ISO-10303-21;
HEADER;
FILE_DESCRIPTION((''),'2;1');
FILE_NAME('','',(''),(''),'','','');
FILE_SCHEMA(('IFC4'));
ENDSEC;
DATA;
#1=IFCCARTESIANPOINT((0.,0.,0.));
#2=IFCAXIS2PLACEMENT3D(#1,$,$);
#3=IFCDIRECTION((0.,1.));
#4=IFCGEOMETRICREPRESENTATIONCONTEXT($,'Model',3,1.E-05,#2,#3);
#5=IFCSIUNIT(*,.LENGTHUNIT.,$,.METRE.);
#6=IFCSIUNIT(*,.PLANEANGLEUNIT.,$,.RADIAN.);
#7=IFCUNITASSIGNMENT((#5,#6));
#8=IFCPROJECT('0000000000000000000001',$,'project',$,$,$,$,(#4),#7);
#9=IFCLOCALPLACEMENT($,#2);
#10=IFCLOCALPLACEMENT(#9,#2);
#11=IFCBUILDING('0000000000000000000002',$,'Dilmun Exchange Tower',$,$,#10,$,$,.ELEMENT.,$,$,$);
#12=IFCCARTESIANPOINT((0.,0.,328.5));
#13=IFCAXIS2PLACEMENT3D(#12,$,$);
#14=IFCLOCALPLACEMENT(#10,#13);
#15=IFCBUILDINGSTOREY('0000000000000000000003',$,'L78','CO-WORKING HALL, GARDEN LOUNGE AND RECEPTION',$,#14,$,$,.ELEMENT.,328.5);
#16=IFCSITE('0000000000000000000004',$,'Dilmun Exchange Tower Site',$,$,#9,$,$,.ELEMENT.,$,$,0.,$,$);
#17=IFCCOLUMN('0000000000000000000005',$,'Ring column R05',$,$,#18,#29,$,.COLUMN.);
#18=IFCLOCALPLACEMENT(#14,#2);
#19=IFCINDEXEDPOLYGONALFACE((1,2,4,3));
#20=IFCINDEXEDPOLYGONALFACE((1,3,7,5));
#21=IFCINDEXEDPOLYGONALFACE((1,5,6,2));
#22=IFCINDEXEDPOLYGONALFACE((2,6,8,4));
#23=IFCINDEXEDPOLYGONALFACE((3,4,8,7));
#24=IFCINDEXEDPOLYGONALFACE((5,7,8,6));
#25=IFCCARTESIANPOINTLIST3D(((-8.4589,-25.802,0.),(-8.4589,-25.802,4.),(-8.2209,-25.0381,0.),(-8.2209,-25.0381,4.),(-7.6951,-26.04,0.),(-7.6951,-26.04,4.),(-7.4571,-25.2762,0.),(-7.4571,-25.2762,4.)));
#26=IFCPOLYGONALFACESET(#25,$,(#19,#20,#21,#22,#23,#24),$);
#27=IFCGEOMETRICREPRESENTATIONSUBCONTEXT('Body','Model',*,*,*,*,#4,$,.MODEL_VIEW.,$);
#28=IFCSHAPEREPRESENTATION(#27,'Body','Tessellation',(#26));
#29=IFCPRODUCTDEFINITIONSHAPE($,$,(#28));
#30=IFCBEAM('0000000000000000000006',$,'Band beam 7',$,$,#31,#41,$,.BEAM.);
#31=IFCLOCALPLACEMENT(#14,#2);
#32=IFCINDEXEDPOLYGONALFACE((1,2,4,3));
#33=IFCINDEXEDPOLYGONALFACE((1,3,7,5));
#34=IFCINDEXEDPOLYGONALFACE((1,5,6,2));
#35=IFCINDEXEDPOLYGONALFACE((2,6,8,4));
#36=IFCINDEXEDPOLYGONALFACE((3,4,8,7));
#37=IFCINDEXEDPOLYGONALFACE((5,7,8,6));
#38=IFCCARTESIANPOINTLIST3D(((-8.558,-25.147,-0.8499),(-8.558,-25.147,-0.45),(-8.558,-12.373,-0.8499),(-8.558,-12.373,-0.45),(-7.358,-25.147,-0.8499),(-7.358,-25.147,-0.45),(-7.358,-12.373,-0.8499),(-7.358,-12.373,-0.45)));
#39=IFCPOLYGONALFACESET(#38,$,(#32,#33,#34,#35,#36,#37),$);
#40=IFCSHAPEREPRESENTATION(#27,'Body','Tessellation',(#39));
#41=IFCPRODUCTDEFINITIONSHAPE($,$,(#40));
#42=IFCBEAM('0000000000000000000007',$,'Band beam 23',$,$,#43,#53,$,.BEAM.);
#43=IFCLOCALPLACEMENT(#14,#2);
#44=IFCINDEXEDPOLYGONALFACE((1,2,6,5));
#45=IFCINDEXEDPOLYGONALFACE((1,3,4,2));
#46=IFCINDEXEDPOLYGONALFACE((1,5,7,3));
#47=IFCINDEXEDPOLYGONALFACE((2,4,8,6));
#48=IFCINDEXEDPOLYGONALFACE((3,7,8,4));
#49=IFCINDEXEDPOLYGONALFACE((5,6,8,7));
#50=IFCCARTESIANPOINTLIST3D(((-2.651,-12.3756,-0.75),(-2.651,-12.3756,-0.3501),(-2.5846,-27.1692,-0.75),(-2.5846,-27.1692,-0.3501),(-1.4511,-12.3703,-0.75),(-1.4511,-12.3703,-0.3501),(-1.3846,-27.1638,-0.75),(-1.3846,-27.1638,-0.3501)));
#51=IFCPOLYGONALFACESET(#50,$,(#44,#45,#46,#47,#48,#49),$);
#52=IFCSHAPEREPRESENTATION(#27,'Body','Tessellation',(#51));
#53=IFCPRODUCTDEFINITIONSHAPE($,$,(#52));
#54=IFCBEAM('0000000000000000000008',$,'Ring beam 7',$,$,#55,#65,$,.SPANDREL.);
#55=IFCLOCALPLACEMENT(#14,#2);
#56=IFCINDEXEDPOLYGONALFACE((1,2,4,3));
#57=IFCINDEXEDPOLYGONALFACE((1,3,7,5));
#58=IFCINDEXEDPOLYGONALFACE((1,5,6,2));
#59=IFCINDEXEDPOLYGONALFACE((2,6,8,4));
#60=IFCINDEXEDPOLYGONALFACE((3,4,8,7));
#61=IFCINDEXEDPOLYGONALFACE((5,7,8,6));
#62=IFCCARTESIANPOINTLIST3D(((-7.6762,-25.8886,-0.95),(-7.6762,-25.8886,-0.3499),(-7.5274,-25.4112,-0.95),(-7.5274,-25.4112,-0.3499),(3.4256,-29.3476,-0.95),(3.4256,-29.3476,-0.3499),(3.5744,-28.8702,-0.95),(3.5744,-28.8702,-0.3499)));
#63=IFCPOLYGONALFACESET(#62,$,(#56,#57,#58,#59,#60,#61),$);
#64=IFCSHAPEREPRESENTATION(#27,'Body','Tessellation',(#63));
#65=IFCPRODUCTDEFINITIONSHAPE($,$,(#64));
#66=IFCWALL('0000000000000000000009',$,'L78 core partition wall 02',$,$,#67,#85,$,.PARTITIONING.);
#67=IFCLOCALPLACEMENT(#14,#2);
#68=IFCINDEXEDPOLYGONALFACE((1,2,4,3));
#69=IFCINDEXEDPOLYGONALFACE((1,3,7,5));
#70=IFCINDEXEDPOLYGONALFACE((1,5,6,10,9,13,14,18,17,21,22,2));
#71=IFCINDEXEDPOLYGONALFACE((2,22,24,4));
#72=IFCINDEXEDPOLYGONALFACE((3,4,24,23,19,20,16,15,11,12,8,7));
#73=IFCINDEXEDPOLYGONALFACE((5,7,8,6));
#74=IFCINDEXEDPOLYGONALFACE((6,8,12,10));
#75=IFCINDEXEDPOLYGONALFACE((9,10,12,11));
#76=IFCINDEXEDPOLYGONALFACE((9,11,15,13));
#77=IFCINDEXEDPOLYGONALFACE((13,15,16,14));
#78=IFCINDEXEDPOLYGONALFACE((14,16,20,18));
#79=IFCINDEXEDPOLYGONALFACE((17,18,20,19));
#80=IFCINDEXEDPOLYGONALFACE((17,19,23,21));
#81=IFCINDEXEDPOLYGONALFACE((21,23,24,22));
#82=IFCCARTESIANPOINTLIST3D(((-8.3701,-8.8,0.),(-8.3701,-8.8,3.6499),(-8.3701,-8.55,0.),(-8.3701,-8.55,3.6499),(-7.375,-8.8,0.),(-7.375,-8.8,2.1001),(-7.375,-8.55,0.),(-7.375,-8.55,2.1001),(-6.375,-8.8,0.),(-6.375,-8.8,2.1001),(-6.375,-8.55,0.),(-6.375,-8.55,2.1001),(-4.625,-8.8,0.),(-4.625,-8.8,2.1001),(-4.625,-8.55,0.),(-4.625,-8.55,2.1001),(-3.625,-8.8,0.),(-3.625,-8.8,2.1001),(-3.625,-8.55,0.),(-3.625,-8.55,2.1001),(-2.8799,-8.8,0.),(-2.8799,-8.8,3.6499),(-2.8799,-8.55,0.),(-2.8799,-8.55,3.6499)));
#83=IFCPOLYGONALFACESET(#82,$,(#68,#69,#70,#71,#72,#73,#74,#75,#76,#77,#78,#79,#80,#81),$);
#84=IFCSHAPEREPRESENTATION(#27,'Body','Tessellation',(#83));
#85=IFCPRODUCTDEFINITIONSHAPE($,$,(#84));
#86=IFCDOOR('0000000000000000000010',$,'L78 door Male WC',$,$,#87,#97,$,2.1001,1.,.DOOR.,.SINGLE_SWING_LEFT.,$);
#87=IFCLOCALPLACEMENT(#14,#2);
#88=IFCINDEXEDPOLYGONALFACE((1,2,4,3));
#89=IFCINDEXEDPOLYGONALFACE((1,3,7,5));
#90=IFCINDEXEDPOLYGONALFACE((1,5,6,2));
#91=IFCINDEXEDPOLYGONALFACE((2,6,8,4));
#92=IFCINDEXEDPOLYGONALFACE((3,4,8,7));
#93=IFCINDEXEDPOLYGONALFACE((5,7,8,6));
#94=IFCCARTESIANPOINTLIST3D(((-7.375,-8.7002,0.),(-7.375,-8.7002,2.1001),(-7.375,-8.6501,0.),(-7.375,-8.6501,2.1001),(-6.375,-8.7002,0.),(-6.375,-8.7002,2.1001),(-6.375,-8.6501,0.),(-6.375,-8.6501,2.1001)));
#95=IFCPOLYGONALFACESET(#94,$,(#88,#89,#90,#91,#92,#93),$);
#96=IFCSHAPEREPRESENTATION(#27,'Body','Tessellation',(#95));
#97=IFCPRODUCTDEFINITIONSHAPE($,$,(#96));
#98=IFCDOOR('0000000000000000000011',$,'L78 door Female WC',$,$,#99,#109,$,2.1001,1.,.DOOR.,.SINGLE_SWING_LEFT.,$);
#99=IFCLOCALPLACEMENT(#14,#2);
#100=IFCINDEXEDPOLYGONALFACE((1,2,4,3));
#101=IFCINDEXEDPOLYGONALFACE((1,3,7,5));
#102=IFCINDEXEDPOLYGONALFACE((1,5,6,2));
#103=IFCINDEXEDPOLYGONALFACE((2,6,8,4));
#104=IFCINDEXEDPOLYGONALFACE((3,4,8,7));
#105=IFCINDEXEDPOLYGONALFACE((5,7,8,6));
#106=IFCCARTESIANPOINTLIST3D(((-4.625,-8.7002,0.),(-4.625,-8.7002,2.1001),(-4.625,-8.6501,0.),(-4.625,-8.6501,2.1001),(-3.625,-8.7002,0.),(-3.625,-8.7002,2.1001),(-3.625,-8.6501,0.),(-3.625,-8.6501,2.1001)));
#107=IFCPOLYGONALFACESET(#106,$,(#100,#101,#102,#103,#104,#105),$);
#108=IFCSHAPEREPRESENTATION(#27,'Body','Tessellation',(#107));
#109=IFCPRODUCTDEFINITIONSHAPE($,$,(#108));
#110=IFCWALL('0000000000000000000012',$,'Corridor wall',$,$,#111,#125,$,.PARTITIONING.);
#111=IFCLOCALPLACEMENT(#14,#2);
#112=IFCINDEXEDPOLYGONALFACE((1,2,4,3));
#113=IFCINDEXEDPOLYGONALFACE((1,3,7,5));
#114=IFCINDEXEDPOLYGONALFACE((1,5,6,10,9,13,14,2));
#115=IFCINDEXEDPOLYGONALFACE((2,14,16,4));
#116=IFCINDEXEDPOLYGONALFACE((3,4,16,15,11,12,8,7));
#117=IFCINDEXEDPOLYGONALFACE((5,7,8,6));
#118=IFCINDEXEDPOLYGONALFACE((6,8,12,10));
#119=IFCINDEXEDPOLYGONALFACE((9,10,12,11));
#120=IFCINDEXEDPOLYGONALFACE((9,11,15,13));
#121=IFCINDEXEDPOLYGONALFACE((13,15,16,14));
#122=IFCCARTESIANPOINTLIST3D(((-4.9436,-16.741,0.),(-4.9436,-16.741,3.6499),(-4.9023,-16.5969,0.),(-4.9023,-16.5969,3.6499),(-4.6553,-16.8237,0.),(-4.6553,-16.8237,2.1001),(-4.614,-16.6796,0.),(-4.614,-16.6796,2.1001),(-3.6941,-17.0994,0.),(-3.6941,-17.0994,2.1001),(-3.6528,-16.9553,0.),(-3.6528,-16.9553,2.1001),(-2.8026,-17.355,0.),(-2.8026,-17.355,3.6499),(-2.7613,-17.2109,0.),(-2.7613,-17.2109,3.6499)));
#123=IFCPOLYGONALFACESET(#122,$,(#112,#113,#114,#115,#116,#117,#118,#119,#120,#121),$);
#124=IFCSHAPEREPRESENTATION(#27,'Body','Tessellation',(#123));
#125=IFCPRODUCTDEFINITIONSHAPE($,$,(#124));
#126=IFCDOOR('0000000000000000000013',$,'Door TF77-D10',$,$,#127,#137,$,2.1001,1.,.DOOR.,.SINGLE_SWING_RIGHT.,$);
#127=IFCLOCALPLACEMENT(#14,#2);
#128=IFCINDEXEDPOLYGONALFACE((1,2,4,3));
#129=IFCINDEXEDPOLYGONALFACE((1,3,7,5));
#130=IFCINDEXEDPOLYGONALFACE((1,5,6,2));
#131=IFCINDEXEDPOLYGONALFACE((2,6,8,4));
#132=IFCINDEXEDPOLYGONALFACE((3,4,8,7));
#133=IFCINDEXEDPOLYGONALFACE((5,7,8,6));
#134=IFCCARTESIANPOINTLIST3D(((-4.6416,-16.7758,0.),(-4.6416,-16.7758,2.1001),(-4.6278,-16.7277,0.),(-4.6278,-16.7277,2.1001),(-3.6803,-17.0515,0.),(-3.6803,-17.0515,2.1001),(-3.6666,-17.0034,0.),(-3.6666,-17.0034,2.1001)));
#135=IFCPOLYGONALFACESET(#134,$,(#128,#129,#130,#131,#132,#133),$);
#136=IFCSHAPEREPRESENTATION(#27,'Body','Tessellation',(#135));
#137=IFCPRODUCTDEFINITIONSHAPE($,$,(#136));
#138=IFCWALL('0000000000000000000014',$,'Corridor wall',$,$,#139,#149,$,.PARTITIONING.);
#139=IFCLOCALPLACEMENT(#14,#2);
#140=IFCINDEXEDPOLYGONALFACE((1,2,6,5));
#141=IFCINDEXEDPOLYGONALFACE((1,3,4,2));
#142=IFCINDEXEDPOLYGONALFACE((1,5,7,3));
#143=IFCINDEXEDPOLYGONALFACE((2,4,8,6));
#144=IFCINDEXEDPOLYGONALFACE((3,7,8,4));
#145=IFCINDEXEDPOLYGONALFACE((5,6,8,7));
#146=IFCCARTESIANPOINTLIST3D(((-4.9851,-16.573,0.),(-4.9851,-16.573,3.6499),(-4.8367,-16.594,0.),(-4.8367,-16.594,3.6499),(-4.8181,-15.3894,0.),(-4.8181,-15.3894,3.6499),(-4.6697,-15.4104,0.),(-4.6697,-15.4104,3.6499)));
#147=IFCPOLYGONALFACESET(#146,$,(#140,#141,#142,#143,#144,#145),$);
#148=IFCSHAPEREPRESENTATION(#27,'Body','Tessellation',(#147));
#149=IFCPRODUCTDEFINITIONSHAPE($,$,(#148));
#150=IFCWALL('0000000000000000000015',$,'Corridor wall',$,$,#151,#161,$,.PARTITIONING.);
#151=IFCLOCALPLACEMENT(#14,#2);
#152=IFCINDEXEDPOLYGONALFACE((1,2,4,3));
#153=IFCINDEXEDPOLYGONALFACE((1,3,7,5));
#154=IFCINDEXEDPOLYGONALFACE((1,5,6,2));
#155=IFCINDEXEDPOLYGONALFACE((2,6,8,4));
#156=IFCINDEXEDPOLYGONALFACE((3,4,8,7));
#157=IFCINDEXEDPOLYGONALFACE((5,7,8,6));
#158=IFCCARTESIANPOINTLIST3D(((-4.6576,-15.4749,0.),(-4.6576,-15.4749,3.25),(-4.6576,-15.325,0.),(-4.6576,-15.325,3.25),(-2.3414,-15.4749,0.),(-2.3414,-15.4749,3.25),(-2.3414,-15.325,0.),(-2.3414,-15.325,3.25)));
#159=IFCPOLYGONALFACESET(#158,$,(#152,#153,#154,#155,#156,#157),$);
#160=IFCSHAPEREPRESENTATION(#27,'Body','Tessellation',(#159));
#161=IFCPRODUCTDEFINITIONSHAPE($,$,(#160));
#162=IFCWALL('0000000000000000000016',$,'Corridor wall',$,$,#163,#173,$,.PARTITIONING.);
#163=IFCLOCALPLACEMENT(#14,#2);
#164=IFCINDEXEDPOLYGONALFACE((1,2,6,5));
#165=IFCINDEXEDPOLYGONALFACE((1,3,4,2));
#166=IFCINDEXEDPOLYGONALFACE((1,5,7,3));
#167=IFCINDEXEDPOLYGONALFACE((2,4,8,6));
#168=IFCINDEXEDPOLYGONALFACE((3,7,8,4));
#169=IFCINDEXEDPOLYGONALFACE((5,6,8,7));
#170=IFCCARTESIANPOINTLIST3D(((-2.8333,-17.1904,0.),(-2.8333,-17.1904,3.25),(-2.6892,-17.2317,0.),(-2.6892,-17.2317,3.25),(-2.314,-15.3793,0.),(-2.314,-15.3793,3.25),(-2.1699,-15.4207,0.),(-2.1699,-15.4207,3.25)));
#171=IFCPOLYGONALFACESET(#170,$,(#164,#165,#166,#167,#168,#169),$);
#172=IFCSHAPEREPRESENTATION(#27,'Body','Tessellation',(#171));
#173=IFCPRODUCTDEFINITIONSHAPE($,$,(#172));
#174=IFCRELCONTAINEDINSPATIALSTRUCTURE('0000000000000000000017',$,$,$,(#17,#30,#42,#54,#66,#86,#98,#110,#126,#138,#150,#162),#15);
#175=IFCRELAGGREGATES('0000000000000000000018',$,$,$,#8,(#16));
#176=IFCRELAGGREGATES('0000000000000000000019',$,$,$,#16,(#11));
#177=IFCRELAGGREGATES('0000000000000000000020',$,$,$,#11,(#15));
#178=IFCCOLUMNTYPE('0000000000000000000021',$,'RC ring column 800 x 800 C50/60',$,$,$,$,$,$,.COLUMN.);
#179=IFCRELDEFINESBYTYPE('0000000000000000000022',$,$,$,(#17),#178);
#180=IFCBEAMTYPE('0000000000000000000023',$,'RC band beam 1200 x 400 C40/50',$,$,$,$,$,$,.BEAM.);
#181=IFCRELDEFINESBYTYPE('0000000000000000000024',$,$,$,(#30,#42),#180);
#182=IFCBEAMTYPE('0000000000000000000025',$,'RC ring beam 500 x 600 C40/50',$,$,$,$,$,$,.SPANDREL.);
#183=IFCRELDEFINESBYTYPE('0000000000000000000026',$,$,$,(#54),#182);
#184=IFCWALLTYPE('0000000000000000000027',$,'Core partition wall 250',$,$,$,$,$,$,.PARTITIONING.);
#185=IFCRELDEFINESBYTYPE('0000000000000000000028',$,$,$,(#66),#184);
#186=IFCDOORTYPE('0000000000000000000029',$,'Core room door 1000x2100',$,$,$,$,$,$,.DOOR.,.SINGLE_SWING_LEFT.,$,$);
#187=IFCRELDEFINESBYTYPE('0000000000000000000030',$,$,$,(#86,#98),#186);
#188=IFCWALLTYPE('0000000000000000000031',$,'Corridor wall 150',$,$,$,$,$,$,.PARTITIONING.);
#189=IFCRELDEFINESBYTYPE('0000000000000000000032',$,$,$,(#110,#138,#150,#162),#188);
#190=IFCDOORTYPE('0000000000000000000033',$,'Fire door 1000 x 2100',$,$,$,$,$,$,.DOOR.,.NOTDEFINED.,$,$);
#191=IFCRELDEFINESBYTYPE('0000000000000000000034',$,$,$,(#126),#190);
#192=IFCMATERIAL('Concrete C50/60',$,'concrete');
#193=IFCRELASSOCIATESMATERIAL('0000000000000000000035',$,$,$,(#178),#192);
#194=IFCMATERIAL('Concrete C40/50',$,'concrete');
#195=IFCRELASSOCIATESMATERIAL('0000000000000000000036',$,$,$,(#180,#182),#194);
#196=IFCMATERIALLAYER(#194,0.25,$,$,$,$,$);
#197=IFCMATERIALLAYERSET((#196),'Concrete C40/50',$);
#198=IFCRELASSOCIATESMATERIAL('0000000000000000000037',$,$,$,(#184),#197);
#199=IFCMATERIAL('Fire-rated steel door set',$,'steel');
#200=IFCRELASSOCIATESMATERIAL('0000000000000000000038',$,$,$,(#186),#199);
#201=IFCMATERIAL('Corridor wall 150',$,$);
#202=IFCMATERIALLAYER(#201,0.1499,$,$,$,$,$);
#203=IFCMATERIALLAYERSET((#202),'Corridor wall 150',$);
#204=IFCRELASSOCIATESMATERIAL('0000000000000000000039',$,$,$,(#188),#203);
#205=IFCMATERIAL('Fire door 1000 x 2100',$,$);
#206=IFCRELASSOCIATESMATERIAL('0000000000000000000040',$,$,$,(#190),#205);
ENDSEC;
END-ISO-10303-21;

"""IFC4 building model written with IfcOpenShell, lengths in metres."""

from ifc_helpers import new_model, si_unit, direction, frame, frame_2d, origin, origin_2d, place, context, subcontext, project, spatial, rectangle, extrude, material, layer, layer_set, material_profile, profile_set, type_object, element, fill, save


model = new_model("IFC4")

# Units and contexts
model_context = context("Model", 3, precision=1e-05, world=origin(), true_north=direction((0.0, 1.0)))
body_context = subcontext(model_context, "Body", "Model", "MODEL_VIEW")
ifc_project = project(units=[si_unit("LENGTHUNIT", "METRE"), si_unit("PLANEANGLEUNIT", "RADIAN")], contexts=[model_context])

# Site, building, storey
site_placement = place(None, origin())
site = spatial("IfcSite", under=ifc_project, at=site_placement, Name="Dilmun Exchange Tower Site", CompositionType="ELEMENT", RefElevation=0.0)
building_placement = place(site_placement, origin())
building = spatial("IfcBuilding", under=site, at=building_placement, Name="Dilmun Exchange Tower", CompositionType="ELEMENT")
storey_placement = place(building_placement, frame((0.0, 0.0, 328.5)))
storey = spatial("IfcBuildingStorey", under=building, at=storey_placement, Name="L78", Description="CO-WORKING HALL, GARDEN LOUNGE AND RECEPTION", CompositionType="ELEMENT", Elevation=328.5)

# Column
ifc_material_1 = material(Name="Concrete C50/60", Category="concrete")
ifc_material_profile_1 = material_profile(ifc_material_1, rectangle(XDim=0.8, YDim=0.8, at=origin_2d()), Name="800 x 800")
ifc_profile_set_1 = profile_set([ifc_material_profile_1], Name="Concrete C50/60")
column_type = type_object("IfcColumnType", Name="RC ring column 800 x 800 C50/60", PredefinedType="COLUMN", material=ifc_profile_set_1)
column_placement = place(storey_placement, frame((-7.958, -25.5391, 0.0), z_axis=(0.0, 0.0, 1.0), x_axis=(0.297503, 0.954721, 0.0)))
element("IfcColumn", 1, at=column_placement, inside=storey, type_object=column_type, Name="Ring column R05", PredefinedType="COLUMN", context=body_context, shape_type="SweptSolid", body=[
    extrude(rectangle(XDim=0.8, YDim=0.8, at=origin_2d()), origin(), (0.0, 0.0, 1.0), 4.0),
])

# Beams
ifc_material_2 = material(Name="Concrete C40/50", Category="concrete")
ifc_material_profile_2 = material_profile(ifc_material_2, rectangle(XDim=1.2, YDim=0.3999, at=origin_2d()), Name="1200 x 400")
ifc_profile_set_2 = profile_set([ifc_material_profile_2], Name="Concrete C40/50")
beam_type_1 = type_object("IfcBeamType", Name="RC band beam 1200 x 400 C40/50", PredefinedType="BEAM", material=ifc_profile_set_2)
beam_1_placement = place(storey_placement, frame((-7.958, -25.147, -0.6499), z_axis=(0.0, 1.0, 0.0), x_axis=(-1.0, 0.0, 0.0)))
element("IfcBeam", 2, at=beam_1_placement, inside=storey, type_object=beam_type_1, Name="Band beam 7", PredefinedType="BEAM", context=body_context, shape_type="SweptSolid", body=[
    extrude(rectangle(XDim=1.2, YDim=0.3999, at=origin_2d()), origin(), (0.0, 0.0, 1.0), 12.7739),
])
beam_2_placement = place(storey_placement, frame((-1.9846, -27.1665, -0.55), z_axis=(-0.004489, 0.99999, 0.0), x_axis=(-0.99999, -0.004489, 0.0)))
element("IfcBeam", 3, at=beam_2_placement, inside=storey, type_object=beam_type_1, Name="Band beam 23", PredefinedType="BEAM", context=body_context, shape_type="SweptSolid", body=[
    extrude(rectangle(XDim=1.2, YDim=0.3999, at=origin_2d()), origin(), (0.0, 0.0, 1.0), 14.7937),
])
ifc_material_profile_3 = material_profile(ifc_material_2, rectangle(XDim=0.5, YDim=0.6001, at=origin_2d()), Name="500 x 600")
ifc_profile_set_3 = profile_set([ifc_material_profile_3], Name="Concrete C40/50")
beam_type_2 = type_object("IfcBeamType", Name="RC ring beam 500 x 600 C40/50", PredefinedType="SPANDREL", material=ifc_profile_set_3)
beam_3_placement = place(storey_placement, frame((-7.6018, -25.6499, -0.6499), z_axis=(0.954733, -0.297466, 0.0), x_axis=(0.297466, 0.954733, 0.0)))
element("IfcBeam", 4, at=beam_3_placement, inside=storey, type_object=beam_type_2, Name="Ring beam 7", PredefinedType="SPANDREL", context=body_context, shape_type="SweptSolid", body=[
    extrude(rectangle(XDim=0.5, YDim=0.6001, at=origin_2d()), origin(), (0.0, 0.0, 1.0), 11.6282),
])

# Wall, openings, doors
ifc_layer_1 = layer(ifc_material_2, 0.25)
ifc_layer_set_1 = layer_set([ifc_layer_1], Name="Concrete C40/50")
wall_type_1 = type_object("IfcWallType", Name="Core partition wall 250", PredefinedType="PARTITIONING", material=ifc_layer_set_1)
wall_1_placement = place(storey_placement, frame((-8.3701, -8.675, 0.0), z_axis=(0.0, 0.0, 1.0), x_axis=(1.0, 0.0, 0.0)))
wall_1 = element("IfcWall", 5, at=wall_1_placement, inside=storey, type_object=wall_type_1, Name="L78 core partition wall 02", PredefinedType="PARTITIONING", context=body_context, shape_type="SweptSolid", body=[
    extrude(rectangle(XDim=5.4902, YDim=0.25, at=frame_2d((2.7451, 0.0))), origin(), (0.0, 0.0, 1.0), 3.6499),
])
opening_1_placement = place(wall_1_placement, frame((0.9951, 0.0, 0.0)))
opening_1 = element("IfcOpeningElement", 6, at=opening_1_placement, cuts=wall_1, PredefinedType="OPENING", context=body_context, shape_type="SweptSolid", body=[
    extrude(rectangle(XDim=1.0, YDim=2.1001, at=frame_2d((0.5, 1.05))), frame((0.0, 0.135, 0.0), z_axis=(0.0, -1.0, 0.0), x_axis=(1.0, 0.0, 0.0)), (0.0, 0.0, 1.0), 0.27),
])
opening_2_placement = place(wall_1_placement, frame((3.7451, 0.0, 0.0)))
opening_2 = element("IfcOpeningElement", 7, at=opening_2_placement, cuts=wall_1, PredefinedType="OPENING", context=body_context, shape_type="SweptSolid", body=[
    extrude(rectangle(XDim=1.0, YDim=2.1001, at=frame_2d((0.5, 1.05))), frame((0.0, 0.135, 0.0), z_axis=(0.0, -1.0, 0.0), x_axis=(1.0, 0.0, 0.0)), (0.0, 0.0, 1.0), 0.27),
])
ifc_material_3 = material(Name="Fire-rated steel door set", Category="steel")
door_type_1 = type_object("IfcDoorType", Name="Core room door 1000x2100", OperationType="SINGLE_SWING_LEFT", PredefinedType="DOOR", material=ifc_material_3)
door_1_placement = place(opening_1_placement, origin())
door_1 = element("IfcDoor", 8, at=door_1_placement, inside=storey, type_object=door_type_1, Name="L78 door Male WC", OperationType="SINGLE_SWING_LEFT", OverallHeight=2.1001, OverallWidth=1.0, PredefinedType="DOOR", context=body_context, shape_type="SweptSolid", body=[
    extrude(rectangle(XDim=1.0, YDim=2.1001, at=frame_2d((0.5, 1.05))), frame((0.0, 0.0249, 0.0), z_axis=(0.0, -1.0, 0.0), x_axis=(1.0, 0.0, 0.0)), (0.0, 0.0, 1.0), 0.05),
])
fill(opening_1, door_1)
door_2_placement = place(opening_2_placement, origin())
door_2 = element("IfcDoor", 9, at=door_2_placement, inside=storey, type_object=door_type_1, Name="L78 door Female WC", OperationType="SINGLE_SWING_LEFT", OverallHeight=2.1001, OverallWidth=1.0, PredefinedType="DOOR", context=body_context, shape_type="SweptSolid", body=[
    extrude(rectangle(XDim=1.0, YDim=2.1001, at=frame_2d((0.5, 1.05))), frame((0.0, 0.0249, 0.0), z_axis=(0.0, -1.0, 0.0), x_axis=(1.0, 0.0, 0.0)), (0.0, 0.0, 1.0), 0.05),
])
fill(opening_2, door_2)

# Wall, opening, door
ifc_material_4 = material(Name="Corridor wall 150")
ifc_layer_2 = layer(ifc_material_4, 0.1499)
ifc_layer_set_2 = layer_set([ifc_layer_2], Name="Corridor wall 150")
wall_type_2 = type_object("IfcWallType", Name="Corridor wall 150", PredefinedType="PARTITIONING", material=ifc_layer_set_2)
wall_2_placement = place(storey_placement, frame((-4.9231, -16.6689, 0.0), z_axis=(0.0, 0.0, 1.0), x_axis=(0.961255, -0.275662, 0.0)))
wall_2 = element("IfcWall", 10, at=wall_2_placement, inside=storey, type_object=wall_type_2, Name="Corridor wall", PredefinedType="PARTITIONING", context=body_context, shape_type="SweptSolid", body=[
    extrude(rectangle(XDim=2.2273, YDim=0.1499, at=frame_2d((1.1138, 0.0))), origin(), (0.0, 0.0, 1.0), 3.6499),
])
opening_3_placement = place(wall_2_placement, frame((0.3, 0.0, 0.0)))
opening_3 = element("IfcOpeningElement", 11, at=opening_3_placement, cuts=wall_2, PredefinedType="OPENING", context=body_context, shape_type="SweptSolid", body=[
    extrude(rectangle(XDim=1.0, YDim=2.1001, at=frame_2d((0.5, 1.05))), frame((0.0, 0.085, 0.0), z_axis=(0.0, -1.0, 0.0), x_axis=(1.0, 0.0, 0.0)), (0.0, 0.0, 1.0), 0.1699),
])
ifc_material_5 = material(Name="Fire door 1000 x 2100")
door_type_2 = type_object("IfcDoorType", Name="Fire door 1000 x 2100", OperationType="NOTDEFINED", PredefinedType="DOOR", material=ifc_material_5)
door_3_placement = place(opening_3_placement, origin())
door_3 = element("IfcDoor", 12, at=door_3_placement, inside=storey, type_object=door_type_2, Name="Door TF77-D10", OperationType="SINGLE_SWING_RIGHT", OverallHeight=2.1001, OverallWidth=1.0, PredefinedType="DOOR", context=body_context, shape_type="SweptSolid", body=[
    extrude(rectangle(XDim=1.0, YDim=2.1001, at=frame_2d((0.5, 1.05))), frame((0.0, 0.0249, 0.0), z_axis=(0.0, -1.0, 0.0), x_axis=(1.0, 0.0, 0.0)), (0.0, 0.0, 1.0), 0.05),
])
fill(opening_3, door_3)

# Walls
wall_3_placement = place(storey_placement, frame((-4.9109, -16.5835, 0.0), z_axis=(0.0, 0.0, 1.0), x_axis=(0.139705, 0.990193, 0.0)))
element("IfcWall", 13, at=wall_3_placement, inside=storey, type_object=wall_type_2, Name="Corridor wall", PredefinedType="PARTITIONING", context=body_context, shape_type="SweptSolid", body=[
    extrude(rectangle(XDim=1.1953, YDim=0.1499, at=frame_2d((0.5977, 0.0))), origin(), (0.0, 0.0, 1.0), 3.6499),
])
wall_4_placement = place(storey_placement, frame((-4.6577, -15.3999, 0.0), z_axis=(0.0, 0.0, 1.0), x_axis=(1.0, 0.0, 0.0)))
element("IfcWall", 14, at=wall_4_placement, inside=storey, type_object=wall_type_2, Name="Corridor wall", PredefinedType="PARTITIONING", context=body_context, shape_type="SweptSolid", body=[
    extrude(rectangle(XDim=2.3162, YDim=0.1499, at=frame_2d((1.1582, 0.0))), origin(), (0.0, 0.0, 1.0), 3.25),
])
wall_5_placement = place(storey_placement, frame((-2.7612, -17.2109, 0.0), z_axis=(0.0, 0.0, 1.0), x_axis=(0.275628, 0.961264, 0.0)))
element("IfcWall", 15, at=wall_5_placement, inside=storey, type_object=wall_type_2, Name="Corridor wall", PredefinedType="PARTITIONING", context=body_context, shape_type="SweptSolid", body=[
    extrude(rectangle(XDim=1.884, YDim=0.1499, at=frame_2d((0.9419, 0.0))), origin(), (0.0, 0.0, 1.0), 3.25),
])

save(model, "model.ifc")
